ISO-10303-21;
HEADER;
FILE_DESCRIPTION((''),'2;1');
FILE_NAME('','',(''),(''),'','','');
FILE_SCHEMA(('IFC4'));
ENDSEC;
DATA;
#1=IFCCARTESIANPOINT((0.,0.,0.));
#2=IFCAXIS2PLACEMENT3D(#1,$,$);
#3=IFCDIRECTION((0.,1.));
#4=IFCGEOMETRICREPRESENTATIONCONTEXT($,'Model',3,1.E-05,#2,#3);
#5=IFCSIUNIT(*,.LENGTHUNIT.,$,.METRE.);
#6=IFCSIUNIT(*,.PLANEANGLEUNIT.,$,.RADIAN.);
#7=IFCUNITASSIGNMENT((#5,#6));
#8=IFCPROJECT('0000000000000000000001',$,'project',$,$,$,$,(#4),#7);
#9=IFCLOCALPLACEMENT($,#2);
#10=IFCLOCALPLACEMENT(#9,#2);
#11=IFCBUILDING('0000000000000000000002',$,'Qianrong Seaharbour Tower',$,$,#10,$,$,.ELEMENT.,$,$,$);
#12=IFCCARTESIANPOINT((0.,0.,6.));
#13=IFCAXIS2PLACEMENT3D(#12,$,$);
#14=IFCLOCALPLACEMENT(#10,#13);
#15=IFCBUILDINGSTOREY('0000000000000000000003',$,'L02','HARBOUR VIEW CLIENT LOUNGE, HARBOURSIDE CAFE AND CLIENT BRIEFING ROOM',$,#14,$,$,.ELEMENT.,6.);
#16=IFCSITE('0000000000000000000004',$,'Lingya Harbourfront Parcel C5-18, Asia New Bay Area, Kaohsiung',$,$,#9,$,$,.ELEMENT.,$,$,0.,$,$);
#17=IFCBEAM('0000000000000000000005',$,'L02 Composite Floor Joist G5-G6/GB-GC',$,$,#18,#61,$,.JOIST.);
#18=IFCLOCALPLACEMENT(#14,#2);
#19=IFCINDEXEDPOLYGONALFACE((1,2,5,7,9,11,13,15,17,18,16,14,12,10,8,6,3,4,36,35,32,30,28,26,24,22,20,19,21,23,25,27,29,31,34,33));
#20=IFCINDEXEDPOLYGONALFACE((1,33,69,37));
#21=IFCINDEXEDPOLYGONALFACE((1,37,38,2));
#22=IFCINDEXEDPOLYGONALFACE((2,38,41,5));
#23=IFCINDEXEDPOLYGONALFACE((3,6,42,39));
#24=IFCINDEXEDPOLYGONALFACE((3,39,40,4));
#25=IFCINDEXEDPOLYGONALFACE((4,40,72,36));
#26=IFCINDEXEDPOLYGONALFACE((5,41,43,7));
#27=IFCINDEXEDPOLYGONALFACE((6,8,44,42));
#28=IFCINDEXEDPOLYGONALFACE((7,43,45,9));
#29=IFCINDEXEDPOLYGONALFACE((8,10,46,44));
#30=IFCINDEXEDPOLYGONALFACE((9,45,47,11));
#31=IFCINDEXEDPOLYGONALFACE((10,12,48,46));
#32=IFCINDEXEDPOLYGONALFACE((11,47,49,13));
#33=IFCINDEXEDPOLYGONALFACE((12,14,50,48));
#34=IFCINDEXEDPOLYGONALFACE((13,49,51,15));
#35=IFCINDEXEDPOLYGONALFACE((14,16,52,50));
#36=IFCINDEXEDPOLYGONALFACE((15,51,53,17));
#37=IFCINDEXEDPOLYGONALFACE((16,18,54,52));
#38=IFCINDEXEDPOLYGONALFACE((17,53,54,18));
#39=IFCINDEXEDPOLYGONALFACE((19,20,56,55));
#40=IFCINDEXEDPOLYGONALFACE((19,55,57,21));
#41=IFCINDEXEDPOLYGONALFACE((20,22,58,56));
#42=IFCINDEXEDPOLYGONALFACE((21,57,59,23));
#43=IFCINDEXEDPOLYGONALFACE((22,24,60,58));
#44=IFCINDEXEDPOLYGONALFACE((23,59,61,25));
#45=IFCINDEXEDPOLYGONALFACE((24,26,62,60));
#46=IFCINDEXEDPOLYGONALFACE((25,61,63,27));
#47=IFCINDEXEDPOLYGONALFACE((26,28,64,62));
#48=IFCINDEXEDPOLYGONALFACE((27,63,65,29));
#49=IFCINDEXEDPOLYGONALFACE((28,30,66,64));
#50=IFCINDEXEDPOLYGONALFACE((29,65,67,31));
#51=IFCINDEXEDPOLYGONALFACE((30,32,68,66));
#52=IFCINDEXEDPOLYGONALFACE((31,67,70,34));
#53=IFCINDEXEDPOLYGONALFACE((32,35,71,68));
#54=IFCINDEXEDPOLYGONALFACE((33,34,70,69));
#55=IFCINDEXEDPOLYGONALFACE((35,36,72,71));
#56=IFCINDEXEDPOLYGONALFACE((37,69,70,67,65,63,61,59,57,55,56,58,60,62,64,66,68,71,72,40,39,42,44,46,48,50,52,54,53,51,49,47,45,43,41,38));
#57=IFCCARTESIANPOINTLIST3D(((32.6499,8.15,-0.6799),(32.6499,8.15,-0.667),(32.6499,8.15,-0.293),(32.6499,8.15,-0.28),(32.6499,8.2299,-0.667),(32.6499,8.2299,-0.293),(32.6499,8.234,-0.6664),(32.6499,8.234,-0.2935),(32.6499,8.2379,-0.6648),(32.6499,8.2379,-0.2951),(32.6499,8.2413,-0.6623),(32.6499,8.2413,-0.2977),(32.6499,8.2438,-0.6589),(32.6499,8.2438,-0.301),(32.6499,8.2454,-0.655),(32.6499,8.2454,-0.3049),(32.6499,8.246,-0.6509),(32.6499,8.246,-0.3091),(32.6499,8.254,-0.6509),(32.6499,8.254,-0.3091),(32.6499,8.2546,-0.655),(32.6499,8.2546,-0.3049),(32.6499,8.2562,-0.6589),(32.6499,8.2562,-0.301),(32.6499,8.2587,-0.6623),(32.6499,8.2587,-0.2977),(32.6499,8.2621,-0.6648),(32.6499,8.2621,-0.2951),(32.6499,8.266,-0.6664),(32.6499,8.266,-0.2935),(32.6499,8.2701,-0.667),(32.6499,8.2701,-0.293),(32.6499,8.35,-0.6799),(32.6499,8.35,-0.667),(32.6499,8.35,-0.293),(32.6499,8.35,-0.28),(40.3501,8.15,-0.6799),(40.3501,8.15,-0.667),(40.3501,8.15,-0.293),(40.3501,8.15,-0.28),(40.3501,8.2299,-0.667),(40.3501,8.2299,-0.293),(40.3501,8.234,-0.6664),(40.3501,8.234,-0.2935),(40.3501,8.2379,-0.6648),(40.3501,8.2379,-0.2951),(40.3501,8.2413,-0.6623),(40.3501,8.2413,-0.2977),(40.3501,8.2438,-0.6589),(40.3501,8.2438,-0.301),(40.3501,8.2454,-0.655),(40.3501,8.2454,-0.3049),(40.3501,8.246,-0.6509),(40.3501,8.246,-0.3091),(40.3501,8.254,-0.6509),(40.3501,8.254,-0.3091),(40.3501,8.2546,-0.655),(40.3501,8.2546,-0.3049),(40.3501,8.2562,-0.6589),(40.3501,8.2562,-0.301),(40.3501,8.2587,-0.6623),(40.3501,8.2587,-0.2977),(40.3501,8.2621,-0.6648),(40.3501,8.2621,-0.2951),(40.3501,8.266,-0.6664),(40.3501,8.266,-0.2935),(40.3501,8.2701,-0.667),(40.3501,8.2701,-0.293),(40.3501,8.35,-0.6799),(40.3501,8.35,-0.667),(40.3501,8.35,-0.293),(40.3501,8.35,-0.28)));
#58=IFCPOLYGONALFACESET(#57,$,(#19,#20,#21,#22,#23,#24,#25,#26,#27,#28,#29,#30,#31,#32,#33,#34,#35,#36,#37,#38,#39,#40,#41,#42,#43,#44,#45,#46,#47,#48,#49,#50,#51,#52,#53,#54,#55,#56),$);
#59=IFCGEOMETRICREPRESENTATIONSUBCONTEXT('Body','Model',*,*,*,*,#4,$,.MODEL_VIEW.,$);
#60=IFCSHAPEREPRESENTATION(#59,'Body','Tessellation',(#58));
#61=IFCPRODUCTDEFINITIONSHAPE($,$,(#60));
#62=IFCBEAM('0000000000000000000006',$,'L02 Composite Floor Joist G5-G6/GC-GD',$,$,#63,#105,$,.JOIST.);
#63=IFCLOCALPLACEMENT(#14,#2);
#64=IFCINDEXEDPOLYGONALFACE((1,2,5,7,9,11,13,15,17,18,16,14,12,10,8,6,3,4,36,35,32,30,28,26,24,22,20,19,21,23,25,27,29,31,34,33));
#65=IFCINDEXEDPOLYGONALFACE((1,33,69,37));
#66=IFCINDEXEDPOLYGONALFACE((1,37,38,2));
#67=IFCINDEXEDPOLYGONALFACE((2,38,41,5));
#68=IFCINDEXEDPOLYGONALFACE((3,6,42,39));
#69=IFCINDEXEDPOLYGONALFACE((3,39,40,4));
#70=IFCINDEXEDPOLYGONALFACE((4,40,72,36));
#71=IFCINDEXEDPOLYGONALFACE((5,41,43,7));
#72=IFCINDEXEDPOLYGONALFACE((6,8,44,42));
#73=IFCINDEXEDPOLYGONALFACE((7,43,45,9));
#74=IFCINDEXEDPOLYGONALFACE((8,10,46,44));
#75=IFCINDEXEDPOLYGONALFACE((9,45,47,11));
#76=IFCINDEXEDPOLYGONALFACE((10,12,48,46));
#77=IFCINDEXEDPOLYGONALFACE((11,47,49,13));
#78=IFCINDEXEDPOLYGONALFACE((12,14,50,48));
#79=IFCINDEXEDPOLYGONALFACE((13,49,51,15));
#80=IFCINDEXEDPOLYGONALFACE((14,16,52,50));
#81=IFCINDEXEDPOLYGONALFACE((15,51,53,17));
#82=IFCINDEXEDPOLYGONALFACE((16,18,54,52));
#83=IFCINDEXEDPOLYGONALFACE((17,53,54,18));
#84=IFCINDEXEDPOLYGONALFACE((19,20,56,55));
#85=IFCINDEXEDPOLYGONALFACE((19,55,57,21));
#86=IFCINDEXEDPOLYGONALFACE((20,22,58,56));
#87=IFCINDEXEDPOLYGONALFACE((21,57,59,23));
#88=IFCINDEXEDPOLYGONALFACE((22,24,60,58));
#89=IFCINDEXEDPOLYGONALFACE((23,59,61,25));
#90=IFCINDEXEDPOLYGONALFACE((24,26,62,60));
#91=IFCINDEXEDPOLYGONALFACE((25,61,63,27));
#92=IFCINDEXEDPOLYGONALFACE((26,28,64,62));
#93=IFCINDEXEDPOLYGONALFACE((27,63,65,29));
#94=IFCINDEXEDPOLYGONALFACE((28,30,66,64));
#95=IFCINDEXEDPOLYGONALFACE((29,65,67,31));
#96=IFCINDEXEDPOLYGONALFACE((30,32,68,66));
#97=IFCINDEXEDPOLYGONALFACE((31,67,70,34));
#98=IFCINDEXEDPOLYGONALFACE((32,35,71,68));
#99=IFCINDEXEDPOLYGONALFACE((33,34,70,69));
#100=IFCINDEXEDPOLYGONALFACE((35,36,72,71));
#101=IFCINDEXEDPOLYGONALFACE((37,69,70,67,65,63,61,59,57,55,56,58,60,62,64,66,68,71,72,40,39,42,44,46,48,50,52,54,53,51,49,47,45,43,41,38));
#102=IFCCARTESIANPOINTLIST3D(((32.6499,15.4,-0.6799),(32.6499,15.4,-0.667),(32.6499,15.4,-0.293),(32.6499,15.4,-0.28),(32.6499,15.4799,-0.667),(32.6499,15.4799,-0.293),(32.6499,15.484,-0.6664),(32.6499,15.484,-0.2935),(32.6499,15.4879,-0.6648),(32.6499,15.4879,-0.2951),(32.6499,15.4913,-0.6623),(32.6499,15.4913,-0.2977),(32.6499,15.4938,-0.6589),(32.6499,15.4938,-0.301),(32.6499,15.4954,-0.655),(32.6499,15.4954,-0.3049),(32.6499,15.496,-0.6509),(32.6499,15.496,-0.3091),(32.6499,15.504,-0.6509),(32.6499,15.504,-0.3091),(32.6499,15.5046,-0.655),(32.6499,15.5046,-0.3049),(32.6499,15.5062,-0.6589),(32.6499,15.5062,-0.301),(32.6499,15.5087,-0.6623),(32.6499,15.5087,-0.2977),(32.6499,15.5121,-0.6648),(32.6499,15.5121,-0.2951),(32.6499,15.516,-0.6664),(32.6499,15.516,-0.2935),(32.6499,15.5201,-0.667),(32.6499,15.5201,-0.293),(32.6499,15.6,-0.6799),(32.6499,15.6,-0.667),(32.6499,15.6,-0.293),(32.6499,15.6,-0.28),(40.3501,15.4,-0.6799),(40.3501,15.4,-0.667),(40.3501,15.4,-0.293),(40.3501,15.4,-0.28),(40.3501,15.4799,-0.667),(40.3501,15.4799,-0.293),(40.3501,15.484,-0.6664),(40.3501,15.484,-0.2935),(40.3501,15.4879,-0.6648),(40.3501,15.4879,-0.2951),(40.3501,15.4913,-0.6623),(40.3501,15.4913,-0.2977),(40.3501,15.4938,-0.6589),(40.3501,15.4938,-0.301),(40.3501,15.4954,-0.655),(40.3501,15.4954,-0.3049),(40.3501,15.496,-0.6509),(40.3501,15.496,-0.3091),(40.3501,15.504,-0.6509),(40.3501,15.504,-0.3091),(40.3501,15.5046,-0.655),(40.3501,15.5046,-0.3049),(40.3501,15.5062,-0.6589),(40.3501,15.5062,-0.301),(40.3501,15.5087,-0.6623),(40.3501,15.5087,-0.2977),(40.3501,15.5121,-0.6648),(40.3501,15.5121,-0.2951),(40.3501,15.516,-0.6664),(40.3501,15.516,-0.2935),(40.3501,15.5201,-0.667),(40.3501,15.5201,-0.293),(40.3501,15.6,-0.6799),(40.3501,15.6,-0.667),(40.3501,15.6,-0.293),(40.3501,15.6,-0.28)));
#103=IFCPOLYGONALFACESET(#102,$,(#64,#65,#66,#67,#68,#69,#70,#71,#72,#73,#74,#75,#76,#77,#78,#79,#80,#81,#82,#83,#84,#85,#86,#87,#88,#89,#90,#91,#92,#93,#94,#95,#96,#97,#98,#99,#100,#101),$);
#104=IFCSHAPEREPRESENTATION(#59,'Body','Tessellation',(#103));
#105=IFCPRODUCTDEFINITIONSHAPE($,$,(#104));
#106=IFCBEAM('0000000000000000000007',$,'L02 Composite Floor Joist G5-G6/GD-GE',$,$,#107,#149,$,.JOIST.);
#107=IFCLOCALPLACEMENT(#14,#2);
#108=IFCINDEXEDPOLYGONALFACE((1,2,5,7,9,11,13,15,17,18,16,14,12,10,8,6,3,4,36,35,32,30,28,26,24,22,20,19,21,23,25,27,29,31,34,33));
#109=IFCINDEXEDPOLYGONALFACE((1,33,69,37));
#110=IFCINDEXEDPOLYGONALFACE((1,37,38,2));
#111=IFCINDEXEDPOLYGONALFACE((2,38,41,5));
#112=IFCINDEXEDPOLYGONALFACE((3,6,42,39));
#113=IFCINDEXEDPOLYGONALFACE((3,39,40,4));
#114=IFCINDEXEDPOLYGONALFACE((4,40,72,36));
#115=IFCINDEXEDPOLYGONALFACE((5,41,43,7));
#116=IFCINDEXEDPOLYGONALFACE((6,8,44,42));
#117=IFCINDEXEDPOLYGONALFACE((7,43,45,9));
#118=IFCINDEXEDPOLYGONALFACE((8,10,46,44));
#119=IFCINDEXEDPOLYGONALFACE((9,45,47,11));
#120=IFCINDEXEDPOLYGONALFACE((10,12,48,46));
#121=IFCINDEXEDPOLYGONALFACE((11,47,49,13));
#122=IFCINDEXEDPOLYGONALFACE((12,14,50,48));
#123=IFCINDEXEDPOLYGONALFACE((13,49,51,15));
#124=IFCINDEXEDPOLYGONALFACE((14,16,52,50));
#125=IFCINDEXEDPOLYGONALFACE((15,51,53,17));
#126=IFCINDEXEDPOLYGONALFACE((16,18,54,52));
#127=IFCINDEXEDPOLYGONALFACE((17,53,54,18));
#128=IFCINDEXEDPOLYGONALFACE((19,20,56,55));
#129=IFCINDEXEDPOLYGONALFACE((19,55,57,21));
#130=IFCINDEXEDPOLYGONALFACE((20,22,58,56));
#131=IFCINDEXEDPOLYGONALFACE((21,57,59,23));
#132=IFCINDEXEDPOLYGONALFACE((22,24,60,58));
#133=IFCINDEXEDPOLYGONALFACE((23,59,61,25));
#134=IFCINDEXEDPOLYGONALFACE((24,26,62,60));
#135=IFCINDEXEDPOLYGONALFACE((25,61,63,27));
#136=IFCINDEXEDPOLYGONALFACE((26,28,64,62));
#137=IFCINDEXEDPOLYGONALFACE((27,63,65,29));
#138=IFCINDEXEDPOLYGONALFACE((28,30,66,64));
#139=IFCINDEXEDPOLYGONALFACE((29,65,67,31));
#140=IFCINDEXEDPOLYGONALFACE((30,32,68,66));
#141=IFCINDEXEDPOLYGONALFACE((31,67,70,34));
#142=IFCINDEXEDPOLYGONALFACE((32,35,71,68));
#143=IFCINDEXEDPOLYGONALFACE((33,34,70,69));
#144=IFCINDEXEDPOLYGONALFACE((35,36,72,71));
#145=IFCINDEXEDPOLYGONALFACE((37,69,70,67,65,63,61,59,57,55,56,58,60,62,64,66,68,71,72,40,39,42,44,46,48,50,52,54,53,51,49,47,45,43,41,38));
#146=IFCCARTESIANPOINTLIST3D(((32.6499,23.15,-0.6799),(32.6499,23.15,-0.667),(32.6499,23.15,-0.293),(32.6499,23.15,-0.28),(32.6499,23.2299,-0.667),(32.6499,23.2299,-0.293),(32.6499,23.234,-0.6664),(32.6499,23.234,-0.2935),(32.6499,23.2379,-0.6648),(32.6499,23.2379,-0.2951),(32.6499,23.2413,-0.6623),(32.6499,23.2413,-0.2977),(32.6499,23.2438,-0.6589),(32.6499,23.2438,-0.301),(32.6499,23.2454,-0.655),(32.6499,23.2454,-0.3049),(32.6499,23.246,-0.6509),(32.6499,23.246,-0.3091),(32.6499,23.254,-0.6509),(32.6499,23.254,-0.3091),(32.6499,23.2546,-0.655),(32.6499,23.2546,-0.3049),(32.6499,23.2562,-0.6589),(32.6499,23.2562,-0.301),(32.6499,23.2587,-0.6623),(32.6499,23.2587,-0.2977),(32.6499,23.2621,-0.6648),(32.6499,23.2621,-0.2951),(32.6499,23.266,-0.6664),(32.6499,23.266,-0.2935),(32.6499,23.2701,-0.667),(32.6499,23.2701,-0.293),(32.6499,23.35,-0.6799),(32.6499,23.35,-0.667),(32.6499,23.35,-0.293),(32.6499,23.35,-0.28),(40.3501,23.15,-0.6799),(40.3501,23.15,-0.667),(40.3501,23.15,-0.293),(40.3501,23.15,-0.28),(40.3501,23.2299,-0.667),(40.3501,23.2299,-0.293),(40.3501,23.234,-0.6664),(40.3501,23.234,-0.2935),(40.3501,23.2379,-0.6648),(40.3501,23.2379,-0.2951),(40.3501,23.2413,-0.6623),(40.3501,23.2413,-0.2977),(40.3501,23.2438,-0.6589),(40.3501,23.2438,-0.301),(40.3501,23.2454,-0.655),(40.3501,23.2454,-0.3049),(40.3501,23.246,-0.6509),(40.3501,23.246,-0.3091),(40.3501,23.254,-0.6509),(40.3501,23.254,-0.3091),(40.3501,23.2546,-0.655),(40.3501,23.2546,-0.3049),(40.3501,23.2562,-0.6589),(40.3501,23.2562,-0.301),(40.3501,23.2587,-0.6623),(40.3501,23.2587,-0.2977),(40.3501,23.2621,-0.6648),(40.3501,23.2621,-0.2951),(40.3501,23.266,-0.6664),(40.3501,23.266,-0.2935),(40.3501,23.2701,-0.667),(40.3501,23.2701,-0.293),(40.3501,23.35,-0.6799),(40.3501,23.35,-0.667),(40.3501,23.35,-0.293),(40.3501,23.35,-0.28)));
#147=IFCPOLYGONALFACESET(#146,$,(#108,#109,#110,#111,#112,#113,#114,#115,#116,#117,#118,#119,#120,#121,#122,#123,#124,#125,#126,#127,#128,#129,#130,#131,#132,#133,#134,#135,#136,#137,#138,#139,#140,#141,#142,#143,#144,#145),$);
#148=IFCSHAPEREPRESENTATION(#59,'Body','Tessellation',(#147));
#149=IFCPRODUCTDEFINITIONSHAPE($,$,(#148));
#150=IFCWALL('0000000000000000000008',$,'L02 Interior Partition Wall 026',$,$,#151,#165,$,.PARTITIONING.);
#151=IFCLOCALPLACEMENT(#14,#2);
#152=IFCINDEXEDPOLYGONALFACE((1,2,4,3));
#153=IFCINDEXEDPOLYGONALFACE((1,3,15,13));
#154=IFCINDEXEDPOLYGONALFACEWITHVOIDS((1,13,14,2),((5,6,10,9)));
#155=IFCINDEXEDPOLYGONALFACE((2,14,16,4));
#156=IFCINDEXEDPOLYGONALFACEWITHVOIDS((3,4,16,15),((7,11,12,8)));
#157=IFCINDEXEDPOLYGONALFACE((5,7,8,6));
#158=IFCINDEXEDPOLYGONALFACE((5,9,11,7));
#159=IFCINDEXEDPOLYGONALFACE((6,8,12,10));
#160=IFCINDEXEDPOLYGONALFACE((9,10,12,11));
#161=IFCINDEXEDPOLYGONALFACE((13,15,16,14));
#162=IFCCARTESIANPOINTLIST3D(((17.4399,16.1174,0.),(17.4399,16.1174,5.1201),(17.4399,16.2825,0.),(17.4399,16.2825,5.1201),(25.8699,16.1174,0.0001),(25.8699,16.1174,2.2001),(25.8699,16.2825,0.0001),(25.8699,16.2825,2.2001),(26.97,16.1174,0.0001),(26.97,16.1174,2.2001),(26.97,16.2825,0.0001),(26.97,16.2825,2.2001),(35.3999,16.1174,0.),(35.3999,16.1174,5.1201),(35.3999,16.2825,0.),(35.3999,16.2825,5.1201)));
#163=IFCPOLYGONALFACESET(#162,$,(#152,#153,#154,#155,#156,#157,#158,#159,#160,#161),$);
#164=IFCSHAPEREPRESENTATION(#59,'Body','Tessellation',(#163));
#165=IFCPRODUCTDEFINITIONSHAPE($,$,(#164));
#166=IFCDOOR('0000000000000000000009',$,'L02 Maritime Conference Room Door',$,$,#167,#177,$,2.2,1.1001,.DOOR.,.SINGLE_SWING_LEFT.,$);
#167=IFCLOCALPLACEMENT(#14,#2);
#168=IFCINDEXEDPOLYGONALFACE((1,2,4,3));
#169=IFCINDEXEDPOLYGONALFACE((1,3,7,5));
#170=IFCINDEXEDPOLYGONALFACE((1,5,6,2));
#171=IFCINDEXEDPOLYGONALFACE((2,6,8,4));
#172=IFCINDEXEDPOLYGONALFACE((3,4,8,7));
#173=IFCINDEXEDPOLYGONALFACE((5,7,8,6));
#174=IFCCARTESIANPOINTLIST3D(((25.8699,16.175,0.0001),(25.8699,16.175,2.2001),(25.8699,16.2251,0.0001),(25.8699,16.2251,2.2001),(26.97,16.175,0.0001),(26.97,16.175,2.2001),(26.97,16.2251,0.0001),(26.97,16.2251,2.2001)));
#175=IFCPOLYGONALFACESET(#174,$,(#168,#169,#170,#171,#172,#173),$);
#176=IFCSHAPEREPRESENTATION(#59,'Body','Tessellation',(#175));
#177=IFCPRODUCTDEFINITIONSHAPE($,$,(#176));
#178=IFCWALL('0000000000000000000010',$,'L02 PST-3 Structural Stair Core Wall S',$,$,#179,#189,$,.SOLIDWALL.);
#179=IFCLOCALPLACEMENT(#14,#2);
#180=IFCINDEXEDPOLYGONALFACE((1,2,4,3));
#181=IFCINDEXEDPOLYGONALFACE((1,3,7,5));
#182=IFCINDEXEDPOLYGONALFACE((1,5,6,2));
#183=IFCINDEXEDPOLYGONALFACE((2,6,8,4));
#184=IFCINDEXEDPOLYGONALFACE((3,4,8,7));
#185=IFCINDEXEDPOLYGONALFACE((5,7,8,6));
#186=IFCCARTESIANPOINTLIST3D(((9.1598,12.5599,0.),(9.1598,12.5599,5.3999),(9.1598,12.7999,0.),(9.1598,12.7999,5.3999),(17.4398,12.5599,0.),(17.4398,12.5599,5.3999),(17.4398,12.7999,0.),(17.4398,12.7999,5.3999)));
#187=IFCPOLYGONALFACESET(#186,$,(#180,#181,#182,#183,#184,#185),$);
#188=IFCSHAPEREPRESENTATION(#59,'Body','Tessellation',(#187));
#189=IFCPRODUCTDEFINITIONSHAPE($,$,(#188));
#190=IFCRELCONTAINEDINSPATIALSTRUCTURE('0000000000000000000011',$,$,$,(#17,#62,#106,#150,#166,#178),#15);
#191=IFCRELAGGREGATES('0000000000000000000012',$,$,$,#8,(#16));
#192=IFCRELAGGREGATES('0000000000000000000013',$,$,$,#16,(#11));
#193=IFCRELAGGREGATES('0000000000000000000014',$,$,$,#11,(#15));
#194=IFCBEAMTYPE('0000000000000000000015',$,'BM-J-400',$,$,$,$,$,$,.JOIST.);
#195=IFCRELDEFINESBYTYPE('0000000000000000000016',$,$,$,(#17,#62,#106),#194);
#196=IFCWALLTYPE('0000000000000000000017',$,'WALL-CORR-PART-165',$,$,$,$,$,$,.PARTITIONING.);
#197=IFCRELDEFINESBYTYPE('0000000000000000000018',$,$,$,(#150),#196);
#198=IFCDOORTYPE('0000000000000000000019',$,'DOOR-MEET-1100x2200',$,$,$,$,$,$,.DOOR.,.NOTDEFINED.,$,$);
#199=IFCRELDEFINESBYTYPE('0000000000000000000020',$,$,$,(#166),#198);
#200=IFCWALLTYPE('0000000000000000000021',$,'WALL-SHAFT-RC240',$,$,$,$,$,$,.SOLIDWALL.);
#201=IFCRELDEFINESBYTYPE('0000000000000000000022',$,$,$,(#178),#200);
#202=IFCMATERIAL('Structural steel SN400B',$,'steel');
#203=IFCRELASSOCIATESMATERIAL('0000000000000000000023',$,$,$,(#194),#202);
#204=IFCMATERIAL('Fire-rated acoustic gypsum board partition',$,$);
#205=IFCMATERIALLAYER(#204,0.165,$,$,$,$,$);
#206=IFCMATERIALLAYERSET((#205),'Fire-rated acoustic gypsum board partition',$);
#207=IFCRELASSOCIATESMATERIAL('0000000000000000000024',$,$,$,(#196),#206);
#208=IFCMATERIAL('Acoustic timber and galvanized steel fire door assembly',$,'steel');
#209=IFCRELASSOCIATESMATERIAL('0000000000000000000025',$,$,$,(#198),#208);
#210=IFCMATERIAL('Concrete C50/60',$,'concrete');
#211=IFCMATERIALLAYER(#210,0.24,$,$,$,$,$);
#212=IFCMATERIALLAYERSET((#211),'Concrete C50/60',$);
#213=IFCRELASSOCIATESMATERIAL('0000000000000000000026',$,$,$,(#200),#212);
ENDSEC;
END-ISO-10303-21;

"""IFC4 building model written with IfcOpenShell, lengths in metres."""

from ifc_helpers import new_model, si_unit, direction, frame, frame_2d, origin, origin_2d, place, context, subcontext, project, spatial, rectangle, i_section, extrude, material, layer, layer_set, material_profile, profile_set, type_object, element, fill, save


model = new_model("IFC4")

# Units and contexts
model_context = context("Model", 3, precision=1e-05, world=origin(), true_north=direction((0.0, 1.0)))
body_context = subcontext(model_context, "Body", "Model", "MODEL_VIEW")
ifc_project = project(units=[si_unit("LENGTHUNIT", "METRE"), si_unit("PLANEANGLEUNIT", "RADIAN")], contexts=[model_context])

# Site, building, storey
site_placement = place(None, origin())
site = spatial("IfcSite", under=ifc_project, at=site_placement, Name="Lingya Harbourfront Parcel C5-18, Asia New Bay Area, Kaohsiung", CompositionType="ELEMENT", RefElevation=0.0)
building_placement = place(site_placement, origin())
building = spatial("IfcBuilding", under=site, at=building_placement, Name="Qianrong Seaharbour Tower", CompositionType="ELEMENT")
storey_placement = place(building_placement, frame((0.0, 0.0, 6.0)))
storey = spatial("IfcBuildingStorey", under=building, at=storey_placement, Name="L02", Description="HARBOUR VIEW CLIENT LOUNGE, HARBOURSIDE CAFE AND CLIENT BRIEFING ROOM", CompositionType="ELEMENT", Elevation=6.0)

# Beams
ifc_material_1 = material(Name="Structural steel SN400B", Category="steel")
ifc_material_profile_1 = material_profile(ifc_material_1, i_section(OverallWidth=0.2, OverallDepth=0.3999, WebThickness=0.0081, FlangeThickness=0.0129, FilletRadius=0.0161, at=origin_2d()), Name="H400x200x8x13")
ifc_profile_set_1 = profile_set([ifc_material_profile_1], Name="Structural steel SN400B")
beam_type_1 = type_object("IfcBeamType", Name="BM-J-400", PredefinedType="JOIST", material=ifc_profile_set_1)
for number, where, z_axis, x_axis, name in (
    (1, (32.6499, 8.25, -0.48), (1.0, 0.0, 0.0), (0.0, 1.0, 0.0), "L02 Composite Floor Joist G5-G6/GB-GC"),
    (2, (32.6499, 15.5, -0.48), (1.0, 0.0, 0.0), (0.0, 1.0, 0.0), "L02 Composite Floor Joist G5-G6/GC-GD"),
    (3, (32.6499, 23.25, -0.48), (1.0, 0.0, 0.0), (0.0, 1.0, 0.0), "L02 Composite Floor Joist G5-G6/GD-GE"),
):
    element("IfcBeam", number, at=place(storey_placement, frame(where, z_axis=z_axis, x_axis=x_axis)), inside=storey, type_object=beam_type_1, Name=name, PredefinedType="JOIST", context=body_context, shape_type="SweptSolid", body=[
        extrude(i_section(OverallWidth=0.2, OverallDepth=0.3999, WebThickness=0.0081, FlangeThickness=0.0129, FilletRadius=0.0161, at=origin_2d()), origin(), (0.0, 0.0, 1.0), 7.7002),
    ])

# Wall, opening, door
ifc_material_2 = material(Name="Fire-rated acoustic gypsum board partition")
ifc_layer_1 = layer(ifc_material_2, 0.165)
ifc_layer_set_1 = layer_set([ifc_layer_1], Name="Fire-rated acoustic gypsum board partition")
wall_type_1 = type_object("IfcWallType", Name="WALL-CORR-PART-165", PredefinedType="PARTITIONING", material=ifc_layer_set_1)
wall_1_placement = place(storey_placement, frame((35.3999, 16.2, 0.0), z_axis=(0.0, 0.0, 1.0), x_axis=(-1.0, 0.0, 0.0)))
wall_1 = element("IfcWall", 4, at=wall_1_placement, inside=storey, type_object=wall_type_1, Name="L02 Interior Partition Wall 026", PredefinedType="PARTITIONING", context=body_context, shape_type="SweptSolid", body=[
    extrude(rectangle(XDim=17.96, YDim=0.165, at=frame_2d((8.98, 0.0))), origin(), (0.0, 0.0, 1.0), 5.1201),
])
opening_placement = place(wall_1_placement, frame((8.4299, 0.0, 0.0)))
opening = element("IfcOpeningElement", 5, at=opening_placement, cuts=wall_1, PredefinedType="OPENING", context=body_context, shape_type="SweptSolid", body=[
    extrude(rectangle(XDim=1.1001, YDim=2.2, at=frame_2d((0.55, 1.1001))), frame((0.0, 0.0925, 0.0), z_axis=(0.0, -1.0, 0.0), x_axis=(1.0, 0.0, 0.0)), (0.0, 0.0, 1.0), 0.1851),
])
ifc_material_3 = material(Name="Acoustic timber and galvanized steel fire door assembly", Category="steel")
door_type = type_object("IfcDoorType", Name="DOOR-MEET-1100x2200", OperationType="NOTDEFINED", PredefinedType="DOOR", material=ifc_material_3)
door_placement = place(opening_placement, origin())
door = element("IfcDoor", 6, at=door_placement, inside=storey, type_object=door_type, Name="L02 Maritime Conference Room Door", OperationType="SINGLE_SWING_LEFT", OverallHeight=2.2, OverallWidth=1.1001, PredefinedType="DOOR", context=body_context, shape_type="SweptSolid", body=[
    extrude(rectangle(XDim=1.1001, YDim=2.2, at=frame_2d((0.55, 1.1001))), frame((0.0, 0.0249, 0.0), z_axis=(0.0, -1.0, 0.0), x_axis=(1.0, 0.0, 0.0)), (0.0, 0.0, 1.0), 0.05),
])
fill(opening, door)

# Wall
ifc_material_4 = material(Name="Concrete C50/60", Category="concrete")
ifc_layer_2 = layer(ifc_material_4, 0.24)
ifc_layer_set_2 = layer_set([ifc_layer_2], Name="Concrete C50/60")
wall_type_2 = type_object("IfcWallType", Name="WALL-SHAFT-RC240", PredefinedType="SOLIDWALL", material=ifc_layer_set_2)
wall_2_placement = place(storey_placement, frame((17.4399, 12.6799, 0.0), z_axis=(0.0, 0.0, 1.0), x_axis=(-1.0, 0.0, 0.0)))
element("IfcWall", 7, at=wall_2_placement, inside=storey, type_object=wall_type_2, Name="L02 PST-3 Structural Stair Core Wall S", PredefinedType="SOLIDWALL", context=body_context, shape_type="SweptSolid", body=[
    extrude(rectangle(XDim=8.28, YDim=0.24, at=frame_2d((4.1401, 0.0))), origin(), (0.0, 0.0, 1.0), 5.3999),
])

save(model, "model.ifc")
